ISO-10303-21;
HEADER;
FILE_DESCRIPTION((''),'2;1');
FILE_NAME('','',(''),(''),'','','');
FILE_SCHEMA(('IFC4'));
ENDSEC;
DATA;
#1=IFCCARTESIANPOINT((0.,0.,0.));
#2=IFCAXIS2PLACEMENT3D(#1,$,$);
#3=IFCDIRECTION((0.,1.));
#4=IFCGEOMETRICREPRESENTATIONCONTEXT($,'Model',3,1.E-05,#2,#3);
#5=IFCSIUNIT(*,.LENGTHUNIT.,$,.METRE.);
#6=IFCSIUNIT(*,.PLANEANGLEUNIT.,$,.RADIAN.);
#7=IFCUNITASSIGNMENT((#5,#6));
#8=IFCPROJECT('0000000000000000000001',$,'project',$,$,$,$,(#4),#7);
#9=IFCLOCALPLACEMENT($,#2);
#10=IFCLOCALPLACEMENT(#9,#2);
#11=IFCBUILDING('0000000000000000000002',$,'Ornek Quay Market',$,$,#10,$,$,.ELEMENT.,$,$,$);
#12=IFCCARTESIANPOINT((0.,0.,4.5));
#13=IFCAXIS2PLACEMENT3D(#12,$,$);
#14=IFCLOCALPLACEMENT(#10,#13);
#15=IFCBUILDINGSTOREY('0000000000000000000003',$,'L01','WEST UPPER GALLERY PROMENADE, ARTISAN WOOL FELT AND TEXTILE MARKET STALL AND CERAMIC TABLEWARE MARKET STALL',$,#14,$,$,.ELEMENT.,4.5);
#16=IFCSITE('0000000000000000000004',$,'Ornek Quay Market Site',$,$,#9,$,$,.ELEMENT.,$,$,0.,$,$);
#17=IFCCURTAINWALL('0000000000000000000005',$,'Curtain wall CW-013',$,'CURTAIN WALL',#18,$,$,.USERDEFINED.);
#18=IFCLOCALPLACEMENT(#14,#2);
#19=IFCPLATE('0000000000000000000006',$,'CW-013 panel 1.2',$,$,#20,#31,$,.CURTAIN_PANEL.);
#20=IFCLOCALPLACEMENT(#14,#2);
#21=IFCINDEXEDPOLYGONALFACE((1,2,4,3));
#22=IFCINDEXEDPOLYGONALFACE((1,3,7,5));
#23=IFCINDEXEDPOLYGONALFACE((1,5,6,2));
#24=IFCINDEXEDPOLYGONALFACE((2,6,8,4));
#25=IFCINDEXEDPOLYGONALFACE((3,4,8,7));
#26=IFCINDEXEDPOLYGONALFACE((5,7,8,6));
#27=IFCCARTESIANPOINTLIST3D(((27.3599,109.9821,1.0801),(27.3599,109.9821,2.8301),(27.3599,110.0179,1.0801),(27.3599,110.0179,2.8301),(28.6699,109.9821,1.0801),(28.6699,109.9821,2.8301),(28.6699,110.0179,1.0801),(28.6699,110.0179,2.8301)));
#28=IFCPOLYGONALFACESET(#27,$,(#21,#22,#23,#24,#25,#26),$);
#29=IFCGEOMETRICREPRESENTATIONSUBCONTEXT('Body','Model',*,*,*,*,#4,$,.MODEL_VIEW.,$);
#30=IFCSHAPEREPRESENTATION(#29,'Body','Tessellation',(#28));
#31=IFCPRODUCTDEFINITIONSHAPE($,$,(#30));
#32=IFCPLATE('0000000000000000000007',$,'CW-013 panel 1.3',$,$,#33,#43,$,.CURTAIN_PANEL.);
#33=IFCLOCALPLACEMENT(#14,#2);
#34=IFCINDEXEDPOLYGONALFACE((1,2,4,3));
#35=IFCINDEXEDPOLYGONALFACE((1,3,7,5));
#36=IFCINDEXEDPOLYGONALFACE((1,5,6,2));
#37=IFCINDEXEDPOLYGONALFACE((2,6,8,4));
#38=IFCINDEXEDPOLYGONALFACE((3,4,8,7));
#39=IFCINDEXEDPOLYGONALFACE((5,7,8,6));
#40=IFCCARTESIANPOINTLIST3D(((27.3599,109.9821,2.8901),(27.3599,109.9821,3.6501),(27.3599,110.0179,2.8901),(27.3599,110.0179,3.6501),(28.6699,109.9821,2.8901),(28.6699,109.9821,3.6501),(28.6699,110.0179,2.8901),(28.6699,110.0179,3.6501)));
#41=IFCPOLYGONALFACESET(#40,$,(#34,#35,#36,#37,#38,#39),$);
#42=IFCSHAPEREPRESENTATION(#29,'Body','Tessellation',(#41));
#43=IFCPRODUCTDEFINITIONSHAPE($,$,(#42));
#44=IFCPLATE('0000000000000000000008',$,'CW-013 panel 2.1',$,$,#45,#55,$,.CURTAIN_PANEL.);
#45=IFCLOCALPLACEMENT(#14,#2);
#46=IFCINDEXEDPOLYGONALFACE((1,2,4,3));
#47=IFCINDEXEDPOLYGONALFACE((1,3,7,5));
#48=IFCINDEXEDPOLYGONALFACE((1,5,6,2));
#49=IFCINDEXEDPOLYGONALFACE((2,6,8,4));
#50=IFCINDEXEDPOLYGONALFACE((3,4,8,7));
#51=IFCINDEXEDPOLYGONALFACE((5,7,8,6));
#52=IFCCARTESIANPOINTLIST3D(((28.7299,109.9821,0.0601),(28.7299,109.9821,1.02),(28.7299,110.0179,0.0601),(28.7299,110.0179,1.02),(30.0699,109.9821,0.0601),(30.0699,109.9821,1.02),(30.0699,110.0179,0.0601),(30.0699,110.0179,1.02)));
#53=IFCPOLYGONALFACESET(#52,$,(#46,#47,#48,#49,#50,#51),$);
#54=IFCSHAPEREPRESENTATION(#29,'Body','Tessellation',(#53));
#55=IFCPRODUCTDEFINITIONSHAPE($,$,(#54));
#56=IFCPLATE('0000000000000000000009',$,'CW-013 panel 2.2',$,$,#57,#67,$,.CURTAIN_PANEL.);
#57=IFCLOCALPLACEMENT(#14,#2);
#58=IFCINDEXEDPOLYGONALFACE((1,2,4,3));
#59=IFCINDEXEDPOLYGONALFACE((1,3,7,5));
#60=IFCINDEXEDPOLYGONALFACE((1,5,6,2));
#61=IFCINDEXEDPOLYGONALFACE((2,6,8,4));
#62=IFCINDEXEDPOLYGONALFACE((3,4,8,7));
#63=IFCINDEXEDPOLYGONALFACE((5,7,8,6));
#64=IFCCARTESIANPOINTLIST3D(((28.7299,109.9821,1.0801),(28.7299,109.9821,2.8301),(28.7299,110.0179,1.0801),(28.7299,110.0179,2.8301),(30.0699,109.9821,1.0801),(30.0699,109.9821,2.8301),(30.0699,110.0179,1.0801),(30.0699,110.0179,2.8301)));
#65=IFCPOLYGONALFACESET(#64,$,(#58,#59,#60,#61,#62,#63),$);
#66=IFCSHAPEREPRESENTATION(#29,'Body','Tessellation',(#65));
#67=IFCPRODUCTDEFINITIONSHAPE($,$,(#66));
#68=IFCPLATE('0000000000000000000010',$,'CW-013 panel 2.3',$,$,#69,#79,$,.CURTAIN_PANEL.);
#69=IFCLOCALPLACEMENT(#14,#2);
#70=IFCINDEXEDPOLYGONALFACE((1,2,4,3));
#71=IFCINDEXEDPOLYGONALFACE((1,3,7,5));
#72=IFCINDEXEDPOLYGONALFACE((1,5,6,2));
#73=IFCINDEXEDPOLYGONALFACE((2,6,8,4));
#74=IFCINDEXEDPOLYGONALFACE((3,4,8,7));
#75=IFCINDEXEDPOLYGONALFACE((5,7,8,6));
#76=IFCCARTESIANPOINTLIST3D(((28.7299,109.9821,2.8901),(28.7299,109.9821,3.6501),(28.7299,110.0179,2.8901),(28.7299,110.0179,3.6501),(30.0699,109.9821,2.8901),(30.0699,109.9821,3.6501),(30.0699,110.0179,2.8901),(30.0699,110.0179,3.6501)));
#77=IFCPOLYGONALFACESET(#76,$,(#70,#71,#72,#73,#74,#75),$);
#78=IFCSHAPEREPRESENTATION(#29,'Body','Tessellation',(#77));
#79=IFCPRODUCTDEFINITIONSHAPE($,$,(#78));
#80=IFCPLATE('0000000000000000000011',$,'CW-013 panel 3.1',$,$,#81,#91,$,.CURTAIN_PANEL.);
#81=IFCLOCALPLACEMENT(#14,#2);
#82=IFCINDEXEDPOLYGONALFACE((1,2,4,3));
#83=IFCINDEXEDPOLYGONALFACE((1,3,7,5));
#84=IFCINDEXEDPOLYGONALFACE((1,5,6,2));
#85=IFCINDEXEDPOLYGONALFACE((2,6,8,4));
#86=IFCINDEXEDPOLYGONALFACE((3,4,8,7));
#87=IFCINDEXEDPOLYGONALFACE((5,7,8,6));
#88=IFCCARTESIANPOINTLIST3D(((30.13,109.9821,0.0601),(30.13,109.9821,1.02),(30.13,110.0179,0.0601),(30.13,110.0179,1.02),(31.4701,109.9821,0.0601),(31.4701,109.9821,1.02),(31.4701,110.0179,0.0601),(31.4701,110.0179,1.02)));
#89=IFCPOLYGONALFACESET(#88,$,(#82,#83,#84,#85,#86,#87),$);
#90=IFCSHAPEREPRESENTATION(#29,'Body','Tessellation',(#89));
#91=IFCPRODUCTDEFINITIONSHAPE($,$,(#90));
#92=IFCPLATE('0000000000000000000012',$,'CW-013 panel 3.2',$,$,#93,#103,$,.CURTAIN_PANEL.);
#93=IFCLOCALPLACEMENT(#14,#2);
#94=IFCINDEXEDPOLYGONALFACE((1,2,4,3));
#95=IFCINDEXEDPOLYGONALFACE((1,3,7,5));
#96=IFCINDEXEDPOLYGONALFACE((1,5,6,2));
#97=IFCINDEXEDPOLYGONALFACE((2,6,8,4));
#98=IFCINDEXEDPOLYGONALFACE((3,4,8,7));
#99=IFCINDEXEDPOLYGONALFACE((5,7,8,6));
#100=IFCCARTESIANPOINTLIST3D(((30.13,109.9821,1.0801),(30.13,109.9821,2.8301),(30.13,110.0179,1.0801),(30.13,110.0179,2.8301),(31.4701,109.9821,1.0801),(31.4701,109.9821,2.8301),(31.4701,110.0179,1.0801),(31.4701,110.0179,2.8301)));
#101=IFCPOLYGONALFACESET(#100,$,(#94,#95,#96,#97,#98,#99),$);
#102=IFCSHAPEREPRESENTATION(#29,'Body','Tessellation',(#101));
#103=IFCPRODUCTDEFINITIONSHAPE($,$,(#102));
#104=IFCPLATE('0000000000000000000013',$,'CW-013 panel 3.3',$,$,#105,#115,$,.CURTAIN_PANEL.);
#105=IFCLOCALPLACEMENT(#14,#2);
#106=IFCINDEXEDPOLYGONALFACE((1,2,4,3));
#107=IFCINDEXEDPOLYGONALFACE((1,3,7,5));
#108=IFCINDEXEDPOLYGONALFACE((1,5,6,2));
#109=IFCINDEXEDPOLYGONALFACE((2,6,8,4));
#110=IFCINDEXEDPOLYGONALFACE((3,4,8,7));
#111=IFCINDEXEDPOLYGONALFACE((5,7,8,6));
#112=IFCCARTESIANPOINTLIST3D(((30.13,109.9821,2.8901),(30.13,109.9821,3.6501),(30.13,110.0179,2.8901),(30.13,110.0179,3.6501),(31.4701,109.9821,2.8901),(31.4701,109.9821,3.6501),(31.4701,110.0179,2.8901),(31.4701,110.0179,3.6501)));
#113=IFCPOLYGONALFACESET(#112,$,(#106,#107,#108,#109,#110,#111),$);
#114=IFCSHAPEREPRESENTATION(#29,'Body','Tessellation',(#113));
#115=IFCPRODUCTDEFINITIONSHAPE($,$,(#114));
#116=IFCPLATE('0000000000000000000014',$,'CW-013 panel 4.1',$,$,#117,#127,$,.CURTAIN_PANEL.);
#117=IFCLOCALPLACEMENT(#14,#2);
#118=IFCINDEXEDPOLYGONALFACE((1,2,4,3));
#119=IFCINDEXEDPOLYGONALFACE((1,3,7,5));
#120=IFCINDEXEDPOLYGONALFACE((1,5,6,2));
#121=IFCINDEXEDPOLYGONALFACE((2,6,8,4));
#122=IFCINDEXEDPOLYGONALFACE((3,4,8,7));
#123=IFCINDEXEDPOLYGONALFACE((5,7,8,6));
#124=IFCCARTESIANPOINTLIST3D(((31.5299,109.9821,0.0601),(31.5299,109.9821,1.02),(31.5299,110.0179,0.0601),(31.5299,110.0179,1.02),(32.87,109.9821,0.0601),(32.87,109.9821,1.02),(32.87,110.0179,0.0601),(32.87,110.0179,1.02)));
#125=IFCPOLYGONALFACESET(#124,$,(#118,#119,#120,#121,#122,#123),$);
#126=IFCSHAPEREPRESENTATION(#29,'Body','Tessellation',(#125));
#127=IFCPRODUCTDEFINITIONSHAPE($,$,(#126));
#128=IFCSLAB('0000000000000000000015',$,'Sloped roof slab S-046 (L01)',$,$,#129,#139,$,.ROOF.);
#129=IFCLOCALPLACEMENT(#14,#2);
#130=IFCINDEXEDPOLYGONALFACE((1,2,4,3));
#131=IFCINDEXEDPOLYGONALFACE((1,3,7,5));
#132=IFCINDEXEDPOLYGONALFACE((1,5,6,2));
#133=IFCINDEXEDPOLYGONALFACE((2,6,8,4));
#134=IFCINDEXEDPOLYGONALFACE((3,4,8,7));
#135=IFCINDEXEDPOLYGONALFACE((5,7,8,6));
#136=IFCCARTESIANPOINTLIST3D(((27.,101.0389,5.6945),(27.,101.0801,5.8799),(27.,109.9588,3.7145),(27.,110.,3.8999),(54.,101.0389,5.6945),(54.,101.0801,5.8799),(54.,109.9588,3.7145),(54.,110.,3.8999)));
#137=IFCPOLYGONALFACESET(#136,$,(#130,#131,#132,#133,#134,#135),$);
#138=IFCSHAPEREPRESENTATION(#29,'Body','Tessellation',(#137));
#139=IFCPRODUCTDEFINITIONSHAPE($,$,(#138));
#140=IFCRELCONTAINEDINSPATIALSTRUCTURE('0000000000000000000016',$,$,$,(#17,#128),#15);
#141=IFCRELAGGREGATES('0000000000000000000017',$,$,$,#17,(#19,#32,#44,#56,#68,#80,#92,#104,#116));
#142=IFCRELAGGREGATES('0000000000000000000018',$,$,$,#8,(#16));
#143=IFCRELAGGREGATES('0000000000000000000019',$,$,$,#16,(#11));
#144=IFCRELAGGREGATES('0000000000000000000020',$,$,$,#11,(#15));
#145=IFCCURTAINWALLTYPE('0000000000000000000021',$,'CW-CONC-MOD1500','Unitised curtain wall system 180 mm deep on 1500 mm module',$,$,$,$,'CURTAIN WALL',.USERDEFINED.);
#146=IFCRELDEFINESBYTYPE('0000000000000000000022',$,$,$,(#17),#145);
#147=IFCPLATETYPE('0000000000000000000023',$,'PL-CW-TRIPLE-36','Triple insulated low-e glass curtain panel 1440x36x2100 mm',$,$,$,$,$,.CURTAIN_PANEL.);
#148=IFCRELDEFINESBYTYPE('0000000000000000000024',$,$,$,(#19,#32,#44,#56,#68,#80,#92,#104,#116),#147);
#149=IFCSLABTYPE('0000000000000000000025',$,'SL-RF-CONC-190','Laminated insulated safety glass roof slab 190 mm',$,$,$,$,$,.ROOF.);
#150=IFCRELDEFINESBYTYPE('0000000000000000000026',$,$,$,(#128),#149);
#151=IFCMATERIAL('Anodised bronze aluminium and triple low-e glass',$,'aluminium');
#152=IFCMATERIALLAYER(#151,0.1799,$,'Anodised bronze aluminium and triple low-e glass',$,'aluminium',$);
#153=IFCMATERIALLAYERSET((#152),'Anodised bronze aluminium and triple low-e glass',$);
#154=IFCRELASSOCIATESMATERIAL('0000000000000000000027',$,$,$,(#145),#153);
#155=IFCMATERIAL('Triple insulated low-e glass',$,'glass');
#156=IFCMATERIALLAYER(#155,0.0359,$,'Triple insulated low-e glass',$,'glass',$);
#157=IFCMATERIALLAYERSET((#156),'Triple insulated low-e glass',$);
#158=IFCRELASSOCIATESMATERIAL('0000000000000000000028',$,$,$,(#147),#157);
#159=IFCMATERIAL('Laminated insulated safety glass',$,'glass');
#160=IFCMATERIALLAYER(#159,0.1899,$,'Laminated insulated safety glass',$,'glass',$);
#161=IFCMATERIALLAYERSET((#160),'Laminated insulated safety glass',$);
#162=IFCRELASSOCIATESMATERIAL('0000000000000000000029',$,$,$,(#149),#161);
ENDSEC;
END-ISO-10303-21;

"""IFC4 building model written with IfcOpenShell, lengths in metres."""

from ifc_helpers import new_model, si_unit, direction, frame, origin, origin_2d, place, context, subcontext, project, spatial, polyline, rectangle, outline, extrude, material, layer, layer_set, type_object, element, aggregate, save


model = new_model("IFC4")

# Units and contexts
model_context = context("Model", 3, precision=1e-05, world=origin(), true_north=direction((0.0, 1.0)))
body_context = subcontext(model_context, "Body", "Model", "MODEL_VIEW")
ifc_project = project(units=[si_unit("LENGTHUNIT", "METRE"), si_unit("PLANEANGLEUNIT", "RADIAN")], contexts=[model_context])

# Site, building, storey
site_placement = place(None, origin())
site = spatial("IfcSite", under=ifc_project, at=site_placement, Name="Ornek Quay Market Site", CompositionType="ELEMENT", RefElevation=0.0)
building_placement = place(site_placement, origin())
building = spatial("IfcBuilding", under=site, at=building_placement, Name="Ornek Quay Market", CompositionType="ELEMENT")
storey_placement = place(building_placement, frame((0.0, 0.0, 4.5)))
storey = spatial("IfcBuildingStorey", under=building, at=storey_placement, Name="L01", Description="WEST UPPER GALLERY PROMENADE, ARTISAN WOOL FELT AND TEXTILE MARKET STALL AND CERAMIC TABLEWARE MARKET STALL", CompositionType="ELEMENT", Elevation=4.5)

# Curtain wall, plates
ifc_material_1 = material(Name="Anodised bronze aluminium and triple low-e glass", Category="aluminium")
ifc_layer_1 = layer(ifc_material_1, 0.1799, Name="Anodised bronze aluminium and triple low-e glass", Category="aluminium")
ifc_layer_set_1 = layer_set([ifc_layer_1], Name="Anodised bronze aluminium and triple low-e glass")
curtain_wall_type = type_object("IfcCurtainWallType", Name="CW-CONC-MOD1500", Description="Unitised curtain wall system 180 mm deep on 1500 mm module", ElementType="CURTAIN WALL", PredefinedType="USERDEFINED", material=ifc_layer_set_1)
curtain_wall_placement = place(storey_placement, origin())
curtain_wall = element("IfcCurtainWall", 1, at=curtain_wall_placement, inside=storey, type_object=curtain_wall_type, Name="Curtain wall CW-013", ObjectType="CURTAIN WALL", PredefinedType="USERDEFINED")
ifc_material_2 = material(Name="Triple insulated low-e glass", Category="glass")
ifc_layer_2 = layer(ifc_material_2, 0.0359, Name="Triple insulated low-e glass", Category="glass")
ifc_layer_set_2 = layer_set([ifc_layer_2], Name="Triple insulated low-e glass")
plate_type = type_object("IfcPlateType", Name="PL-CW-TRIPLE-36", Description="Triple insulated low-e glass curtain panel 1440x36x2100 mm", PredefinedType="CURTAIN_PANEL", material=ifc_layer_set_2)
plate_1_placement = place(storey_placement, frame((28.0149, 110.0, 1.0801), z_axis=(0.0, 0.0, 1.0), x_axis=(1.0, 0.0, 0.0)))
plate_1 = element("IfcPlate", 2, at=plate_1_placement, type_object=plate_type, Name="CW-013 panel 1.2", PredefinedType="CURTAIN_PANEL", context=body_context, shape_type="SweptSolid", body=[
    extrude(rectangle(XDim=1.3101, YDim=0.0359, at=origin_2d()), origin(), (0.0, 0.0, 1.0), 1.75),
])
plate_2_placement = place(storey_placement, frame((28.0149, 110.0, 2.8901), z_axis=(0.0, 0.0, 1.0), x_axis=(1.0, 0.0, 0.0)))
plate_2 = element("IfcPlate", 3, at=plate_2_placement, type_object=plate_type, Name="CW-013 panel 1.3", PredefinedType="CURTAIN_PANEL", context=body_context, shape_type="SweptSolid", body=[
    extrude(rectangle(XDim=1.3101, YDim=0.0359, at=origin_2d()), origin(), (0.0, 0.0, 1.0), 0.76),
])
plate_3_placement = place(storey_placement, frame((29.3999, 110.0, 0.0601), z_axis=(0.0, 0.0, 1.0), x_axis=(1.0, 0.0, 0.0)))
plate_3 = element("IfcPlate", 4, at=plate_3_placement, type_object=plate_type, Name="CW-013 panel 2.1", PredefinedType="CURTAIN_PANEL", context=body_context, shape_type="SweptSolid", body=[
    extrude(rectangle(XDim=1.3401, YDim=0.0359, at=origin_2d()), origin(), (0.0, 0.0, 1.0), 0.96),
])
plate_4_placement = place(storey_placement, frame((29.3999, 110.0, 1.0801), z_axis=(0.0, 0.0, 1.0), x_axis=(1.0, 0.0, 0.0)))
plate_4 = element("IfcPlate", 5, at=plate_4_placement, type_object=plate_type, Name="CW-013 panel 2.2", PredefinedType="CURTAIN_PANEL", context=body_context, shape_type="SweptSolid", body=[
    extrude(rectangle(XDim=1.3401, YDim=0.0359, at=origin_2d()), origin(), (0.0, 0.0, 1.0), 1.75),
])
plate_5_placement = place(storey_placement, frame((29.3999, 110.0, 2.8901), z_axis=(0.0, 0.0, 1.0), x_axis=(1.0, 0.0, 0.0)))
plate_5 = element("IfcPlate", 6, at=plate_5_placement, type_object=plate_type, Name="CW-013 panel 2.3", PredefinedType="CURTAIN_PANEL", context=body_context, shape_type="SweptSolid", body=[
    extrude(rectangle(XDim=1.3401, YDim=0.0359, at=origin_2d()), origin(), (0.0, 0.0, 1.0), 0.76),
])
plate_6_placement = place(storey_placement, frame((30.8, 110.0, 0.0601), z_axis=(0.0, 0.0, 1.0), x_axis=(1.0, 0.0, 0.0)))
plate_6 = element("IfcPlate", 7, at=plate_6_placement, type_object=plate_type, Name="CW-013 panel 3.1", PredefinedType="CURTAIN_PANEL", context=body_context, shape_type="SweptSolid", body=[
    extrude(rectangle(XDim=1.3401, YDim=0.0359, at=origin_2d()), origin(), (0.0, 0.0, 1.0), 0.96),
])
plate_7_placement = place(storey_placement, frame((30.8, 110.0, 1.0801), z_axis=(0.0, 0.0, 1.0), x_axis=(1.0, 0.0, 0.0)))
plate_7 = element("IfcPlate", 8, at=plate_7_placement, type_object=plate_type, Name="CW-013 panel 3.2", PredefinedType="CURTAIN_PANEL", context=body_context, shape_type="SweptSolid", body=[
    extrude(rectangle(XDim=1.3401, YDim=0.0359, at=origin_2d()), origin(), (0.0, 0.0, 1.0), 1.75),
])
plate_8_placement = place(storey_placement, frame((30.8, 110.0, 2.8901), z_axis=(0.0, 0.0, 1.0), x_axis=(1.0, 0.0, 0.0)))
plate_8 = element("IfcPlate", 9, at=plate_8_placement, type_object=plate_type, Name="CW-013 panel 3.3", PredefinedType="CURTAIN_PANEL", context=body_context, shape_type="SweptSolid", body=[
    extrude(rectangle(XDim=1.3401, YDim=0.0359, at=origin_2d()), origin(), (0.0, 0.0, 1.0), 0.76),
])
plate_9_placement = place(storey_placement, frame((32.2, 110.0, 0.0601), z_axis=(0.0, 0.0, 1.0), x_axis=(1.0, 0.0, 0.0)))
plate_9 = element("IfcPlate", 10, at=plate_9_placement, type_object=plate_type, Name="CW-013 panel 4.1", PredefinedType="CURTAIN_PANEL", context=body_context, shape_type="SweptSolid", body=[
    extrude(rectangle(XDim=1.3401, YDim=0.0359, at=origin_2d()), origin(), (0.0, 0.0, 1.0), 0.96),
])
aggregate(curtain_wall, [plate_1, plate_2, plate_3, plate_4, plate_5, plate_6, plate_7, plate_8, plate_9])

# Slab
ifc_material_3 = material(Name="Laminated insulated safety glass", Category="glass")
ifc_layer_3 = layer(ifc_material_3, 0.1899, Name="Laminated insulated safety glass", Category="glass")
ifc_layer_set_3 = layer_set([ifc_layer_3], Name="Laminated insulated safety glass")
slab_type = type_object("IfcSlabType", Name="SL-RF-CONC-190", Description="Laminated insulated safety glass roof slab 190 mm", PredefinedType="ROOF", material=ifc_layer_set_3)
slab_placement = place(storey_placement, frame((27.0, 101.0801, 5.8799), z_axis=(0.0, 0.216698, 0.976239), x_axis=(1.0, 0.0, 0.0)))
element("IfcSlab", 11, at=slab_placement, inside=storey, type_object=slab_type, Name="Sloped roof slab S-046 (L01)", PredefinedType="ROOF", context=body_context, shape_type="SweptSolid", body=[
    extrude(outline(polyline([(0.0, 0.0), (27.0, 0.0), (27.0, 9.137), (0.0, 9.137), (0.0, 0.0)])), origin(), (0.0, 0.0, -1.0), 0.1899),
])

save(model, "model.ifc")
